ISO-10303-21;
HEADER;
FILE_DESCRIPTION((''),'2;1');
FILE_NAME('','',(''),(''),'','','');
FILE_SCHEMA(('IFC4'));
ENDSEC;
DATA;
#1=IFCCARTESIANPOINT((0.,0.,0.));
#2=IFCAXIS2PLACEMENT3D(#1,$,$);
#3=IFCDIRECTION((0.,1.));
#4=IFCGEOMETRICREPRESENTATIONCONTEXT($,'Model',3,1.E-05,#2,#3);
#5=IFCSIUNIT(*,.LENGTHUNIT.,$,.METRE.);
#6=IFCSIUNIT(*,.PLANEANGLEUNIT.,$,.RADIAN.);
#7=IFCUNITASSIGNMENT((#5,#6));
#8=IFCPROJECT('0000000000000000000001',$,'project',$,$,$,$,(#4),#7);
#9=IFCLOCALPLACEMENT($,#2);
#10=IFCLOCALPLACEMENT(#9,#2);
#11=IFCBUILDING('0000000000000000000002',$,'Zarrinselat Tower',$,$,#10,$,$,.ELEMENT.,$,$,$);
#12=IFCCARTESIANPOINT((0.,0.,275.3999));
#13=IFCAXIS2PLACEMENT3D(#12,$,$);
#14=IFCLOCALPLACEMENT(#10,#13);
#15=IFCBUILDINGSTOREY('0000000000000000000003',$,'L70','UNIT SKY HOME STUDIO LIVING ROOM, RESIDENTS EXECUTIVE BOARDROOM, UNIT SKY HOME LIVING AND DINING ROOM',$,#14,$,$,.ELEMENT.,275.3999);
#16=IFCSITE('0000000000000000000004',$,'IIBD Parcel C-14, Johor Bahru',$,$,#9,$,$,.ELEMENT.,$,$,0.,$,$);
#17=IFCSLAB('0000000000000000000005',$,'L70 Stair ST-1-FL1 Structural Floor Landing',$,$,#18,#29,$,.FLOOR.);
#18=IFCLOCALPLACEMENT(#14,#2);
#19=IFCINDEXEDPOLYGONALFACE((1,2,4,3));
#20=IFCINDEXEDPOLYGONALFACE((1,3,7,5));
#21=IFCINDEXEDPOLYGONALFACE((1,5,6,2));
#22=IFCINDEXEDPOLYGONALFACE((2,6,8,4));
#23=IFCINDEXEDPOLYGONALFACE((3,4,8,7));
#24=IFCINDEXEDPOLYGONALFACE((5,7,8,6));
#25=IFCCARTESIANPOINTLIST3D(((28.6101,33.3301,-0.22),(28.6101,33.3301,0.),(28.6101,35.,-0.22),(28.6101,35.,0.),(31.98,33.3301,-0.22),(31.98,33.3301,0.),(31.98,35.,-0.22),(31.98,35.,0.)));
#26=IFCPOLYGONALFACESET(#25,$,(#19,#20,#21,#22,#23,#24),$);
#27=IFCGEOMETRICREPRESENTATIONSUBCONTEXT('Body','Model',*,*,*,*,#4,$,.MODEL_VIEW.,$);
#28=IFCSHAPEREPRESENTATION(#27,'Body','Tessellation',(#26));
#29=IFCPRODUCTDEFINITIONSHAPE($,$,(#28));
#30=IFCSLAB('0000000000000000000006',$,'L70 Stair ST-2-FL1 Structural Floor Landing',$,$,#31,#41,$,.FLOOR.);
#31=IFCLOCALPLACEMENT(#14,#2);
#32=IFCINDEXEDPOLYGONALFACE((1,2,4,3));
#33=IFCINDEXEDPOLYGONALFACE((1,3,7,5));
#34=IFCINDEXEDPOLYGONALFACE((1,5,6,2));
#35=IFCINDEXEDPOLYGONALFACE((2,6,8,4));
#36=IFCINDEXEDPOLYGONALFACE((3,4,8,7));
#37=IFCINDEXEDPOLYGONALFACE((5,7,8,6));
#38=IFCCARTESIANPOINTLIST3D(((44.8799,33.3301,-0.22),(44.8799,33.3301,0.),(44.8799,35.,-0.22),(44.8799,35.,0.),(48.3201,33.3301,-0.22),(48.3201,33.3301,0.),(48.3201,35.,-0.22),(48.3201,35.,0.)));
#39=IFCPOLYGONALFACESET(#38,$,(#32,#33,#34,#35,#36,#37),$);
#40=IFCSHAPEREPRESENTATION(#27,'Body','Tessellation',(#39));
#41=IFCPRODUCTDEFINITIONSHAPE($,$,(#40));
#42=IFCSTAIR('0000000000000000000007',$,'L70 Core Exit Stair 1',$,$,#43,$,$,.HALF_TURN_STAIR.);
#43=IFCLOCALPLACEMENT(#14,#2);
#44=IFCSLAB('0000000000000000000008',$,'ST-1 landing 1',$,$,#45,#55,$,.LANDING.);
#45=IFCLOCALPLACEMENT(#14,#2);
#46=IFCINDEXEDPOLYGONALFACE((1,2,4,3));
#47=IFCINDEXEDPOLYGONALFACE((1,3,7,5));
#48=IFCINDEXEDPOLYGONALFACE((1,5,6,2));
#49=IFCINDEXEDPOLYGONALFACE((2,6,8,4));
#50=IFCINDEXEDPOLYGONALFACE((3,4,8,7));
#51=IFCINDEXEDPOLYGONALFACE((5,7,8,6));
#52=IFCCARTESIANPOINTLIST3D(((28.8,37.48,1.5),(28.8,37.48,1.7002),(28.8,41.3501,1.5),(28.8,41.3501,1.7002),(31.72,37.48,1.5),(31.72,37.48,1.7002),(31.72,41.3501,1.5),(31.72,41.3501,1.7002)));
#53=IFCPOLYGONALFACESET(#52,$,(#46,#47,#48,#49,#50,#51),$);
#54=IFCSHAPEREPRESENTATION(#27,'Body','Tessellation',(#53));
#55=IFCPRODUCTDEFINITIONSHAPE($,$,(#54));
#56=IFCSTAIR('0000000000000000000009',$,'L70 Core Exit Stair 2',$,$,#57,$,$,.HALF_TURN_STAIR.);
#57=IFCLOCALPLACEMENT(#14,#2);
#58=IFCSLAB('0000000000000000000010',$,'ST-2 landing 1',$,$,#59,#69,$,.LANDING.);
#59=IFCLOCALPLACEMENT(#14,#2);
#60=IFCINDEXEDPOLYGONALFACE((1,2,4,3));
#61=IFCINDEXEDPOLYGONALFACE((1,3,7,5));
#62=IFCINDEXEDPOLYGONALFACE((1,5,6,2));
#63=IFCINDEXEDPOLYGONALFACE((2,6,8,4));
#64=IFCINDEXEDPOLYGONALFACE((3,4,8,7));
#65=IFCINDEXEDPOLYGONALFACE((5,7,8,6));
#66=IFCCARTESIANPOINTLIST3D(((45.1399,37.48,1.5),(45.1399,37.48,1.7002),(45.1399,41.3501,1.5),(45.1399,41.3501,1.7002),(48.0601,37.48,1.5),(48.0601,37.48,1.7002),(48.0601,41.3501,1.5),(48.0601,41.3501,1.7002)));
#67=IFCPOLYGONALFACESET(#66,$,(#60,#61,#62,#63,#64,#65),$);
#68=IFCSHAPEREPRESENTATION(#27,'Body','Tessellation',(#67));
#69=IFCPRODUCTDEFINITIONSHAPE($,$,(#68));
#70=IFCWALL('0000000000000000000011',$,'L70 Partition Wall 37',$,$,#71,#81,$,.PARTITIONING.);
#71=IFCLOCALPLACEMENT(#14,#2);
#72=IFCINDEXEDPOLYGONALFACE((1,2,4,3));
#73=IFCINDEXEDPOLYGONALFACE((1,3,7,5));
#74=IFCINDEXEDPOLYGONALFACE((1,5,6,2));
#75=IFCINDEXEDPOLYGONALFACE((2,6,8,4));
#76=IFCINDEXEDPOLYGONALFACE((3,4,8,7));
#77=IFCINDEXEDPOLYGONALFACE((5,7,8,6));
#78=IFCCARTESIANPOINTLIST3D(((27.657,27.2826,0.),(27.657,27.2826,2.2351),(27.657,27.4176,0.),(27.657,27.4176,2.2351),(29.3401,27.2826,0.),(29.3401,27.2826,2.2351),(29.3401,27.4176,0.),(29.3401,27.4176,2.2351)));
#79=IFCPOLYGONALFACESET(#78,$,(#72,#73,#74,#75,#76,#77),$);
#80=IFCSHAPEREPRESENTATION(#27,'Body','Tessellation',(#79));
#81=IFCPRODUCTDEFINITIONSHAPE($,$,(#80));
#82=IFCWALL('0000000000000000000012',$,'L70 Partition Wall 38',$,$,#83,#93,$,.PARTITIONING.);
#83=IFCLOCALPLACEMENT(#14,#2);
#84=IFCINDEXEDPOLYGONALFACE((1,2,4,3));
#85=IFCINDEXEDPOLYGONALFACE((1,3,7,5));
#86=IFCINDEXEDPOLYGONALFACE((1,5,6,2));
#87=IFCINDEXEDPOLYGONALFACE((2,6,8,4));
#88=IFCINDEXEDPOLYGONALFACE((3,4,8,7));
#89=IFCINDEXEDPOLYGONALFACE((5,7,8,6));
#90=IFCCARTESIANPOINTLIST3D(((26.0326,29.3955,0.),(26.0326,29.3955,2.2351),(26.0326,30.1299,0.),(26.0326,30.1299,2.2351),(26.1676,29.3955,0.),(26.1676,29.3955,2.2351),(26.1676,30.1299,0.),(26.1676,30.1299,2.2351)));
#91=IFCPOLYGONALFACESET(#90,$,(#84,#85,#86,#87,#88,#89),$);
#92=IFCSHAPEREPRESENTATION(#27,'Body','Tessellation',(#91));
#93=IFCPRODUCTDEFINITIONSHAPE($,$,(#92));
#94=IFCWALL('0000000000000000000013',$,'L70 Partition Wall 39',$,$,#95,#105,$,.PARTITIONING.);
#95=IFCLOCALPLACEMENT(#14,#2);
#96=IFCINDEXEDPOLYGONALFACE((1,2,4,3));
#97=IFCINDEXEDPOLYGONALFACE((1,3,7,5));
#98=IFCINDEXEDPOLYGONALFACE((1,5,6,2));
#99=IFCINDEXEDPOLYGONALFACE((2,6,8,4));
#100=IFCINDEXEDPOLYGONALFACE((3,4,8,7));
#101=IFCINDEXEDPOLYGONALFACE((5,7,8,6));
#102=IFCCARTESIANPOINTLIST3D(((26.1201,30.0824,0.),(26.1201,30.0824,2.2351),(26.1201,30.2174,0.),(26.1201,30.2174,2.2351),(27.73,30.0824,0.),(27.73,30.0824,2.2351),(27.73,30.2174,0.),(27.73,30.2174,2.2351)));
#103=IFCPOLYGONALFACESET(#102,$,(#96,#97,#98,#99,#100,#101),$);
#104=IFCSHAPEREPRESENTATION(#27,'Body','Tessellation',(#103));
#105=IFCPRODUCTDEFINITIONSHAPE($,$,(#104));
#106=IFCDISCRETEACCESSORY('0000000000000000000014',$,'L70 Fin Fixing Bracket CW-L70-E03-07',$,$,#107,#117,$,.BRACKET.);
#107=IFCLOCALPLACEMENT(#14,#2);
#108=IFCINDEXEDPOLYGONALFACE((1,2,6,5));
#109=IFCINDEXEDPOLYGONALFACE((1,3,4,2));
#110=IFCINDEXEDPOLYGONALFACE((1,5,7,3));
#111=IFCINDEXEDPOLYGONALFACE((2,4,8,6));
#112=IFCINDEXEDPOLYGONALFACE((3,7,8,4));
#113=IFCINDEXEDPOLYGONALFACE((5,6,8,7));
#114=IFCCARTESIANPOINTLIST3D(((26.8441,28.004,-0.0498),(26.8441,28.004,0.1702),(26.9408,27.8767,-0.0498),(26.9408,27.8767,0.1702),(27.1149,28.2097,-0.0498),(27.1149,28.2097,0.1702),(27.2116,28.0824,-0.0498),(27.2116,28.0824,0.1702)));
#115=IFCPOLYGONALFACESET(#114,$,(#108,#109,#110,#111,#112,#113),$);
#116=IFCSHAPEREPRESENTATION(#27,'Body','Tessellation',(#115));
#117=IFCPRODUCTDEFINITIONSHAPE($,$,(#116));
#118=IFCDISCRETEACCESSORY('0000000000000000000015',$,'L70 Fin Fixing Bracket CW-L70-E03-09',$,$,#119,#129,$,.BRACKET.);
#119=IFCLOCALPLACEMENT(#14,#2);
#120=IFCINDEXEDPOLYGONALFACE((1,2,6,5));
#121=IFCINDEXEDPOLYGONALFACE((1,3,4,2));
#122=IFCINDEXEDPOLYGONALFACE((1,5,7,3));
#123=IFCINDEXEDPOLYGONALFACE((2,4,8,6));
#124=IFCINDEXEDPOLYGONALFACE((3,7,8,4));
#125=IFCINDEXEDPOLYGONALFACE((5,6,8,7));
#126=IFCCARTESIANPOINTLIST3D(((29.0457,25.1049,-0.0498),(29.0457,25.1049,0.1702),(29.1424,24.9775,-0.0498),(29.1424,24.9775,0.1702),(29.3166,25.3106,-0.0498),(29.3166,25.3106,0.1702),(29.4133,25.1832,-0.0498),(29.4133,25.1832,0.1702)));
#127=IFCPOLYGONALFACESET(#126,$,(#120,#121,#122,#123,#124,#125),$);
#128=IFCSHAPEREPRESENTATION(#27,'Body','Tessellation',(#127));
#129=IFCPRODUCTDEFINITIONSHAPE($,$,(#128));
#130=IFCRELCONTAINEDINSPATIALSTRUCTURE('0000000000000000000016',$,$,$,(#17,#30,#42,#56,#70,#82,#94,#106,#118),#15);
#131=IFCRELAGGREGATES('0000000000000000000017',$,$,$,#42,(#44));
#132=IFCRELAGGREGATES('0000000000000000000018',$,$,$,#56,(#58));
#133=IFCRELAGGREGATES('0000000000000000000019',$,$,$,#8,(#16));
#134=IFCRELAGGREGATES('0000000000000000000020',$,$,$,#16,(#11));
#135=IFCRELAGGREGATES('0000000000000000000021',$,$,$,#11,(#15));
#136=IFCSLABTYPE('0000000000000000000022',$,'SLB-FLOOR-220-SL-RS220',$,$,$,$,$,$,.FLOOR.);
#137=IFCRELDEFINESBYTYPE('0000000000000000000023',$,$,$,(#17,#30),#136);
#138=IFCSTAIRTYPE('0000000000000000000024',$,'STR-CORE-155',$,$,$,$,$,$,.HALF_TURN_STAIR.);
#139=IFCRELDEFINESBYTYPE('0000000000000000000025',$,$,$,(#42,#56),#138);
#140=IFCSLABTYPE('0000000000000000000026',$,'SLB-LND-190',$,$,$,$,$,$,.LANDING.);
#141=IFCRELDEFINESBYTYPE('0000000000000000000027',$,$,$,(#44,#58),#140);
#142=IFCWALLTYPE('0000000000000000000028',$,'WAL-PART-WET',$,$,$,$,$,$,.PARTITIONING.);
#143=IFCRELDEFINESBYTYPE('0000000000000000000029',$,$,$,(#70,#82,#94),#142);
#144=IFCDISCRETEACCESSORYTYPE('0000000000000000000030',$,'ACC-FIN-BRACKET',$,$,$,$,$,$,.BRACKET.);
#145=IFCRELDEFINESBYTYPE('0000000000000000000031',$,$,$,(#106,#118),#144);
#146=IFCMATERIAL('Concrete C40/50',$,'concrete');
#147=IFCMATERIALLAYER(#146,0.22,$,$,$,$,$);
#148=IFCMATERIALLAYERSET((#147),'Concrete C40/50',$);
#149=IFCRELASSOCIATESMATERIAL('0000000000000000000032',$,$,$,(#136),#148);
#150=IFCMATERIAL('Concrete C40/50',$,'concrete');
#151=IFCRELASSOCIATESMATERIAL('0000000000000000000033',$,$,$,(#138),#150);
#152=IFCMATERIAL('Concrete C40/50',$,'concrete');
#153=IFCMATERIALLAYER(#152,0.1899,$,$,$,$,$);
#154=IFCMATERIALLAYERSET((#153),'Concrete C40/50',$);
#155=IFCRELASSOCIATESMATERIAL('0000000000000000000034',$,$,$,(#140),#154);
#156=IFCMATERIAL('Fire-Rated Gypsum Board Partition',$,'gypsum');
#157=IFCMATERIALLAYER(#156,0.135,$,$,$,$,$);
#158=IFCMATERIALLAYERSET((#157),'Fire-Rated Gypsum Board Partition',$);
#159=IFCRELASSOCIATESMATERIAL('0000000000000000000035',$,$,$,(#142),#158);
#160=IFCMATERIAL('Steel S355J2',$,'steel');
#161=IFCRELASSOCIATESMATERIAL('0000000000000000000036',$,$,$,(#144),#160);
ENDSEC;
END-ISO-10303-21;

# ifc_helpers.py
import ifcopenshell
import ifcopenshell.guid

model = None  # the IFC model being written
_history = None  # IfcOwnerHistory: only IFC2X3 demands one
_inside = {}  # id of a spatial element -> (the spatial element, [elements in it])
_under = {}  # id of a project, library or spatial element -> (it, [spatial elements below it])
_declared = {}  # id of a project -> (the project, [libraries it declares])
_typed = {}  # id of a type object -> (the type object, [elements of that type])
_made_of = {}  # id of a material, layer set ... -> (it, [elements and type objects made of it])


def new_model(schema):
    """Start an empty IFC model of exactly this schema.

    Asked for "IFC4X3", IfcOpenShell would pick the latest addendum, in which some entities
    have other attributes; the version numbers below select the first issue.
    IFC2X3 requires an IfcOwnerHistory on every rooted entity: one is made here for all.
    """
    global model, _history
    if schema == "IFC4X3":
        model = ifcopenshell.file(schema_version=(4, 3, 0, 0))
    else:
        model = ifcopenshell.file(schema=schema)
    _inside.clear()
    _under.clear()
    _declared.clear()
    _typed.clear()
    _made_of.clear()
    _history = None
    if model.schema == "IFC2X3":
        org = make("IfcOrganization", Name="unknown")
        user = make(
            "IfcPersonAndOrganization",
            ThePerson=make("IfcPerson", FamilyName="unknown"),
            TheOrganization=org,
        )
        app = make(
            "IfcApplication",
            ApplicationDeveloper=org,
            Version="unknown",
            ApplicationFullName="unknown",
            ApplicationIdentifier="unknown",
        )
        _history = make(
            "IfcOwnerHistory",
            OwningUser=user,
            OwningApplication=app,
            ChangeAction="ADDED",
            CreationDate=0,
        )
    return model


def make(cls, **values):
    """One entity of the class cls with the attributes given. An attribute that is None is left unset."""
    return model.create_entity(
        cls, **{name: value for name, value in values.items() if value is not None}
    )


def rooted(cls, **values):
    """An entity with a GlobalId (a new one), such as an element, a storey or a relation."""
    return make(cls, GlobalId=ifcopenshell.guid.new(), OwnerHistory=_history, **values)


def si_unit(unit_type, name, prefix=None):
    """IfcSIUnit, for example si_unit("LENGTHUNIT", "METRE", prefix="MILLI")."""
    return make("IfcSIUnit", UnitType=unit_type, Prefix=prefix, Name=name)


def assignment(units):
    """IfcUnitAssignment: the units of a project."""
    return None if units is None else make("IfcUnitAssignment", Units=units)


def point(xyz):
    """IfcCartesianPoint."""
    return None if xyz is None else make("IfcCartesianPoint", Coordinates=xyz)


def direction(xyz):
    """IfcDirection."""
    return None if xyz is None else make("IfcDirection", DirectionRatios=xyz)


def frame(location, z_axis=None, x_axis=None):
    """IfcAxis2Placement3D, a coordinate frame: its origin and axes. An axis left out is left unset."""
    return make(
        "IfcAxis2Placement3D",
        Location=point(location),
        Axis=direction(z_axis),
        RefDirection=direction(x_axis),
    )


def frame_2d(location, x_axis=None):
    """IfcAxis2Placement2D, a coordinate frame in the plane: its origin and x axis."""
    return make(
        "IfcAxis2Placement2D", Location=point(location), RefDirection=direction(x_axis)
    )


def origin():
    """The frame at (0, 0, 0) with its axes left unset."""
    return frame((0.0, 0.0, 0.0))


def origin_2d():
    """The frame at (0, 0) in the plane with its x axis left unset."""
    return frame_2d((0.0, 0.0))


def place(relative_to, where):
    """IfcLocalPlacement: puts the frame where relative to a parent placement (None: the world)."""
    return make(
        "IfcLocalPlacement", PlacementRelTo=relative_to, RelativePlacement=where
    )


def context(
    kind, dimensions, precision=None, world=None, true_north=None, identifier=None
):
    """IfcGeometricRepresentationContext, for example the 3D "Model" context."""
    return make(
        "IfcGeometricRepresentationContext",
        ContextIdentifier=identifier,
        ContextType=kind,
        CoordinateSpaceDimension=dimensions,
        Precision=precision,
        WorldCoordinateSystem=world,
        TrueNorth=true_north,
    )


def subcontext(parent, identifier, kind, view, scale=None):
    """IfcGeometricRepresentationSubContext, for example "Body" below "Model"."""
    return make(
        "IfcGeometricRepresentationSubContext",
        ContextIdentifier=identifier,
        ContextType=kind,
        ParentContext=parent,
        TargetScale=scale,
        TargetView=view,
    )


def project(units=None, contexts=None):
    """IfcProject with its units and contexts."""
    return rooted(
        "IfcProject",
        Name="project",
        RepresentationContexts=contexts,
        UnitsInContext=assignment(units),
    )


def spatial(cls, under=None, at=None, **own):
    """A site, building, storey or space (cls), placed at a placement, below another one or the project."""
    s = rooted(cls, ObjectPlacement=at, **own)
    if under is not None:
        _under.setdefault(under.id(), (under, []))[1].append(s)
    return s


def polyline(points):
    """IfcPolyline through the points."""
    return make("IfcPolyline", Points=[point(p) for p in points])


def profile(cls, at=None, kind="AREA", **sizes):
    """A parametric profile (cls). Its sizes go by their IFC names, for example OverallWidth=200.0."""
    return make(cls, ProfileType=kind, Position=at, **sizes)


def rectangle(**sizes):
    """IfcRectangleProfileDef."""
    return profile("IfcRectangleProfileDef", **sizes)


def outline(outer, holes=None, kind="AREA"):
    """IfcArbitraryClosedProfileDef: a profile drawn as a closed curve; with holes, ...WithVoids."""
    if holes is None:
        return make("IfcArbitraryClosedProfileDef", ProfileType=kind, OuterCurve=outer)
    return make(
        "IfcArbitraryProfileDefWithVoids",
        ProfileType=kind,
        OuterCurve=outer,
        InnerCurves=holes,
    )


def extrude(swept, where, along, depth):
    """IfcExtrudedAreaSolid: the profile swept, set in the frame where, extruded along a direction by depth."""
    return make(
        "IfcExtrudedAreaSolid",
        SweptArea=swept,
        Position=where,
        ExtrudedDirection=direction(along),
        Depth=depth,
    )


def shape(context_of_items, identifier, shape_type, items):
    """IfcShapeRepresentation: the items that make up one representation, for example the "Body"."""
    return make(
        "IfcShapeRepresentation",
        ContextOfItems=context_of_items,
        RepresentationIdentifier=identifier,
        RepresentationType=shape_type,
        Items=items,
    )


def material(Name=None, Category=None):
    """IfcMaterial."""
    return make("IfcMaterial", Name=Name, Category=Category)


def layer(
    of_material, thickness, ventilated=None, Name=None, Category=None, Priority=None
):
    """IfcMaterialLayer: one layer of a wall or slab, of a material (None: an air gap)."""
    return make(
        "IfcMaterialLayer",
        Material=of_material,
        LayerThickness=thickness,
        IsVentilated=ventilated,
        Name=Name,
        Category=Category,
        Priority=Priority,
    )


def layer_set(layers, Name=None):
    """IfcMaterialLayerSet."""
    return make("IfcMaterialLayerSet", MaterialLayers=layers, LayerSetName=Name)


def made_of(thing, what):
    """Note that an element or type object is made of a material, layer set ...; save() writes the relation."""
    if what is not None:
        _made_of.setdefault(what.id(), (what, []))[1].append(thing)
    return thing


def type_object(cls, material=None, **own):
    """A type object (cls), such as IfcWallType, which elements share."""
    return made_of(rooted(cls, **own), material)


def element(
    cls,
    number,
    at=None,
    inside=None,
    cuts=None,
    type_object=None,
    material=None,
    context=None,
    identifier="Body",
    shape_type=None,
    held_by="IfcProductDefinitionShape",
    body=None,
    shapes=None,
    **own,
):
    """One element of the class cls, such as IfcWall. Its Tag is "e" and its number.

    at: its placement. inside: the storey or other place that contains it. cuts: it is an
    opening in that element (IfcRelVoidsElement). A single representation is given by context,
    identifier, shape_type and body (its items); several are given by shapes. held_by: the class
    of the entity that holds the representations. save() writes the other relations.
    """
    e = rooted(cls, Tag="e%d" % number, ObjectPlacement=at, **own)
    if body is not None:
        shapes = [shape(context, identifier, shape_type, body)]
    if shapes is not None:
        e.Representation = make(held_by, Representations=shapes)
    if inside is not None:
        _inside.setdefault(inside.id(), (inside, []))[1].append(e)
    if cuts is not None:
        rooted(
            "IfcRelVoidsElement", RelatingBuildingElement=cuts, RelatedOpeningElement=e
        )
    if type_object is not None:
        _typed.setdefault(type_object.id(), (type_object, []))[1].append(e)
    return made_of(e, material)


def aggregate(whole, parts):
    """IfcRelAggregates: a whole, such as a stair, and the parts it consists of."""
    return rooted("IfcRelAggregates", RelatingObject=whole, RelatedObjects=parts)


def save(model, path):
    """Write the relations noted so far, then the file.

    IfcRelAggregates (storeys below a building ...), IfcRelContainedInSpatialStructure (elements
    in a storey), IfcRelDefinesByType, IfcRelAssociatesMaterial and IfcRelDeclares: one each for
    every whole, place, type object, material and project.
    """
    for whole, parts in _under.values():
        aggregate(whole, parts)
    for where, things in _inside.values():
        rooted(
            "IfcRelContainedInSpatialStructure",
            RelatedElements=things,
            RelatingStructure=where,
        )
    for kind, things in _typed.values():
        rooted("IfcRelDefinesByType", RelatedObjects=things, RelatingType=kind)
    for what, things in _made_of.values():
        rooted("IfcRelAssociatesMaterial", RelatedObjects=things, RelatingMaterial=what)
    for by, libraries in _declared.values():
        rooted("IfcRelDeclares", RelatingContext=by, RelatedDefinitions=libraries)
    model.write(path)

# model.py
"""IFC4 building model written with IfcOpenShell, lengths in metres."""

from ifc_helpers import new_model, si_unit, direction, frame, frame_2d, origin, origin_2d, place, context, subcontext, project, spatial, polyline, rectangle, outline, extrude, material, layer, layer_set, type_object, element, aggregate, save


model = new_model("IFC4")

# Units and contexts
model_context = context("Model", 3, precision=1e-05, world=origin(), true_north=direction((0.0, 1.0)))
body_context = subcontext(model_context, "Body", "Model", "MODEL_VIEW")
ifc_project = project(units=[si_unit("LENGTHUNIT", "METRE"), si_unit("PLANEANGLEUNIT", "RADIAN")], contexts=[model_context])

# Site, building, storey
site_placement = place(None, origin())
site = spatial("IfcSite", under=ifc_project, at=site_placement, Name="IIBD Parcel C-14, Johor Bahru", CompositionType="ELEMENT", RefElevation=0.0)
building_placement = place(site_placement, origin())
building = spatial("IfcBuilding", under=site, at=building_placement, Name="Zarrinselat Tower", CompositionType="ELEMENT")
storey_placement = place(building_placement, frame((0.0, 0.0, 275.3999)))
storey = spatial("IfcBuildingStorey", under=building, at=storey_placement, Name="L70", Description="UNIT SKY HOME STUDIO LIVING ROOM, RESIDENTS EXECUTIVE BOARDROOM, UNIT SKY HOME LIVING AND DINING ROOM", CompositionType="ELEMENT", Elevation=275.3999)

# Slabs
ifc_material_1 = material(Name="Concrete C40/50", Category="concrete")
ifc_layer_1 = layer(ifc_material_1, 0.22)
ifc_layer_set_1 = layer_set([ifc_layer_1], Name="Concrete C40/50")
slab_type_1 = type_object("IfcSlabType", Name="SLB-FLOOR-220-SL-RS220", PredefinedType="FLOOR", material=ifc_layer_set_1)
slab_1_placement = place(storey_placement, frame((0.0, 0.0, -0.22)))
element("IfcSlab", 1, at=slab_1_placement, inside=storey, type_object=slab_type_1, Name="L70 Stair ST-1-FL1 Structural Floor Landing", PredefinedType="FLOOR", context=body_context, shape_type="SweptSolid", body=[
    extrude(outline(polyline([(31.98, 33.3301), (31.98, 35.0), (28.6101, 35.0), (28.6101, 33.3301), (31.98, 33.3301)])), origin(), (0.0, 0.0, 1.0), 0.22),
])
slab_2_placement = place(storey_placement, frame((0.0, 0.0, -0.22)))
element("IfcSlab", 2, at=slab_2_placement, inside=storey, type_object=slab_type_1, Name="L70 Stair ST-2-FL1 Structural Floor Landing", PredefinedType="FLOOR", context=body_context, shape_type="SweptSolid", body=[
    extrude(outline(polyline([(48.3201, 33.3301), (48.3201, 35.0), (44.8799, 35.0), (44.8799, 33.3301), (48.3201, 33.3301)])), origin(), (0.0, 0.0, 1.0), 0.22),
])

# Stairs, slabs
ifc_material_2 = material(Name="Concrete C40/50", Category="concrete")
stair_type = type_object("IfcStairType", Name="STR-CORE-155", PredefinedType="HALF_TURN_STAIR", material=ifc_material_2)
stair_1_placement = place(storey_placement, origin())
stair_1 = element("IfcStair", 3, at=stair_1_placement, inside=storey, type_object=stair_type, Name="L70 Core Exit Stair 1", PredefinedType="HALF_TURN_STAIR")
ifc_material_3 = material(Name="Concrete C40/50", Category="concrete")
ifc_layer_2 = layer(ifc_material_3, 0.1899)
ifc_layer_set_2 = layer_set([ifc_layer_2], Name="Concrete C40/50")
slab_type_2 = type_object("IfcSlabType", Name="SLB-LND-190", PredefinedType="LANDING", material=ifc_layer_set_2)
slab_3_placement = place(storey_placement, frame((0.0, 0.0, 1.5)))
slab_3 = element("IfcSlab", 4, at=slab_3_placement, type_object=slab_type_2, Name="ST-1 landing 1", PredefinedType="LANDING", context=body_context, shape_type="SweptSolid", body=[
    extrude(outline(polyline([(31.72, 37.48), (31.72, 41.3501), (28.8, 41.3501), (28.8, 37.48), (31.72, 37.48)])), origin(), (0.0, 0.0, 1.0), 0.2002),
])
aggregate(stair_1, [slab_3])
stair_2_placement = place(storey_placement, origin())
stair_2 = element("IfcStair", 5, at=stair_2_placement, inside=storey, type_object=stair_type, Name="L70 Core Exit Stair 2", PredefinedType="HALF_TURN_STAIR")
slab_4_placement = place(storey_placement, frame((0.0, 0.0, 1.5)))
slab_4 = element("IfcSlab", 6, at=slab_4_placement, type_object=slab_type_2, Name="ST-2 landing 1", PredefinedType="LANDING", context=body_context, shape_type="SweptSolid", body=[
    extrude(outline(polyline([(48.0601, 37.48), (48.0601, 41.3501), (45.1399, 41.3501), (45.1399, 37.48), (48.0601, 37.48)])), origin(), (0.0, 0.0, 1.0), 0.2002),
])
aggregate(stair_2, [slab_4])

# Walls
ifc_material_4 = material(Name="Fire-Rated Gypsum Board Partition", Category="gypsum")
ifc_layer_3 = layer(ifc_material_4, 0.135)
ifc_layer_set_3 = layer_set([ifc_layer_3], Name="Fire-Rated Gypsum Board Partition")
wall_type = type_object("IfcWallType", Name="WAL-PART-WET", PredefinedType="PARTITIONING", material=ifc_layer_set_3)
wall_1_placement = place(storey_placement, frame((27.657, 27.3501, 0.0), z_axis=(0.0, 0.0, 1.0), x_axis=(1.0, 0.0, 0.0)))
element("IfcWall", 7, at=wall_1_placement, inside=storey, type_object=wall_type, Name="L70 Partition Wall 37", PredefinedType="PARTITIONING", context=body_context, shape_type="SweptSolid", body=[
    extrude(rectangle(XDim=1.6831, YDim=0.135, at=frame_2d((0.8416, 0.0))), origin(), (0.0, 0.0, 1.0), 2.2351),
])
wall_2_placement = place(storey_placement, frame((26.1001, 29.3955, 0.0), z_axis=(0.0, 0.0, 1.0), x_axis=(0.0, 1.0, 0.0)))
element("IfcWall", 8, at=wall_2_placement, inside=storey, type_object=wall_type, Name="L70 Partition Wall 38", PredefinedType="PARTITIONING", context=body_context, shape_type="SweptSolid", body=[
    extrude(rectangle(XDim=0.7344, YDim=0.135, at=frame_2d((0.3672, 0.0))), origin(), (0.0, 0.0, 1.0), 2.2351),
])
wall_3_placement = place(storey_placement, frame((26.1201, 30.1499, 0.0), z_axis=(0.0, 0.0, 1.0), x_axis=(1.0, 0.0, 0.0)))
element("IfcWall", 9, at=wall_3_placement, inside=storey, type_object=wall_type, Name="L70 Partition Wall 39", PredefinedType="PARTITIONING", context=body_context, shape_type="SweptSolid", body=[
    extrude(rectangle(XDim=1.6099, YDim=0.135, at=frame_2d((0.8049, 0.0))), origin(), (0.0, 0.0, 1.0), 2.2351),
])

# Discrete accessories
ifc_material_5 = material(Name="Steel S355J2", Category="steel")
discrete_accessory_type = type_object("IfcDiscreteAccessoryType", Name="ACC-FIN-BRACKET", PredefinedType="BRACKET", material=ifc_material_5)
for number, where, z_axis, x_axis, name in (
    (10, (27.0278, 28.0432, -0.0498), (0.0, 0.0, 1.0), (-0.796387, -0.604788, 0.0), "L70 Fin Fixing Bracket CW-L70-E03-07"),
    (11, (29.2295, 25.144, -0.0498), (0.0, 0.0, 1.0), (-0.796387, -0.604788, 0.0), "L70 Fin Fixing Bracket CW-L70-E03-09"),
):
    element("IfcDiscreteAccessory", number, at=place(storey_placement, frame(where, z_axis=z_axis, x_axis=x_axis)), inside=storey, type_object=discrete_accessory_type, Name=name, PredefinedType="BRACKET", context=body_context, shape_type="SweptSolid", body=[
        extrude(rectangle(XDim=0.3401, YDim=0.1599, at=origin_2d()), origin(), (0.0, 0.0, 1.0), 0.22),
    ])

save(model, "model.ifc")
